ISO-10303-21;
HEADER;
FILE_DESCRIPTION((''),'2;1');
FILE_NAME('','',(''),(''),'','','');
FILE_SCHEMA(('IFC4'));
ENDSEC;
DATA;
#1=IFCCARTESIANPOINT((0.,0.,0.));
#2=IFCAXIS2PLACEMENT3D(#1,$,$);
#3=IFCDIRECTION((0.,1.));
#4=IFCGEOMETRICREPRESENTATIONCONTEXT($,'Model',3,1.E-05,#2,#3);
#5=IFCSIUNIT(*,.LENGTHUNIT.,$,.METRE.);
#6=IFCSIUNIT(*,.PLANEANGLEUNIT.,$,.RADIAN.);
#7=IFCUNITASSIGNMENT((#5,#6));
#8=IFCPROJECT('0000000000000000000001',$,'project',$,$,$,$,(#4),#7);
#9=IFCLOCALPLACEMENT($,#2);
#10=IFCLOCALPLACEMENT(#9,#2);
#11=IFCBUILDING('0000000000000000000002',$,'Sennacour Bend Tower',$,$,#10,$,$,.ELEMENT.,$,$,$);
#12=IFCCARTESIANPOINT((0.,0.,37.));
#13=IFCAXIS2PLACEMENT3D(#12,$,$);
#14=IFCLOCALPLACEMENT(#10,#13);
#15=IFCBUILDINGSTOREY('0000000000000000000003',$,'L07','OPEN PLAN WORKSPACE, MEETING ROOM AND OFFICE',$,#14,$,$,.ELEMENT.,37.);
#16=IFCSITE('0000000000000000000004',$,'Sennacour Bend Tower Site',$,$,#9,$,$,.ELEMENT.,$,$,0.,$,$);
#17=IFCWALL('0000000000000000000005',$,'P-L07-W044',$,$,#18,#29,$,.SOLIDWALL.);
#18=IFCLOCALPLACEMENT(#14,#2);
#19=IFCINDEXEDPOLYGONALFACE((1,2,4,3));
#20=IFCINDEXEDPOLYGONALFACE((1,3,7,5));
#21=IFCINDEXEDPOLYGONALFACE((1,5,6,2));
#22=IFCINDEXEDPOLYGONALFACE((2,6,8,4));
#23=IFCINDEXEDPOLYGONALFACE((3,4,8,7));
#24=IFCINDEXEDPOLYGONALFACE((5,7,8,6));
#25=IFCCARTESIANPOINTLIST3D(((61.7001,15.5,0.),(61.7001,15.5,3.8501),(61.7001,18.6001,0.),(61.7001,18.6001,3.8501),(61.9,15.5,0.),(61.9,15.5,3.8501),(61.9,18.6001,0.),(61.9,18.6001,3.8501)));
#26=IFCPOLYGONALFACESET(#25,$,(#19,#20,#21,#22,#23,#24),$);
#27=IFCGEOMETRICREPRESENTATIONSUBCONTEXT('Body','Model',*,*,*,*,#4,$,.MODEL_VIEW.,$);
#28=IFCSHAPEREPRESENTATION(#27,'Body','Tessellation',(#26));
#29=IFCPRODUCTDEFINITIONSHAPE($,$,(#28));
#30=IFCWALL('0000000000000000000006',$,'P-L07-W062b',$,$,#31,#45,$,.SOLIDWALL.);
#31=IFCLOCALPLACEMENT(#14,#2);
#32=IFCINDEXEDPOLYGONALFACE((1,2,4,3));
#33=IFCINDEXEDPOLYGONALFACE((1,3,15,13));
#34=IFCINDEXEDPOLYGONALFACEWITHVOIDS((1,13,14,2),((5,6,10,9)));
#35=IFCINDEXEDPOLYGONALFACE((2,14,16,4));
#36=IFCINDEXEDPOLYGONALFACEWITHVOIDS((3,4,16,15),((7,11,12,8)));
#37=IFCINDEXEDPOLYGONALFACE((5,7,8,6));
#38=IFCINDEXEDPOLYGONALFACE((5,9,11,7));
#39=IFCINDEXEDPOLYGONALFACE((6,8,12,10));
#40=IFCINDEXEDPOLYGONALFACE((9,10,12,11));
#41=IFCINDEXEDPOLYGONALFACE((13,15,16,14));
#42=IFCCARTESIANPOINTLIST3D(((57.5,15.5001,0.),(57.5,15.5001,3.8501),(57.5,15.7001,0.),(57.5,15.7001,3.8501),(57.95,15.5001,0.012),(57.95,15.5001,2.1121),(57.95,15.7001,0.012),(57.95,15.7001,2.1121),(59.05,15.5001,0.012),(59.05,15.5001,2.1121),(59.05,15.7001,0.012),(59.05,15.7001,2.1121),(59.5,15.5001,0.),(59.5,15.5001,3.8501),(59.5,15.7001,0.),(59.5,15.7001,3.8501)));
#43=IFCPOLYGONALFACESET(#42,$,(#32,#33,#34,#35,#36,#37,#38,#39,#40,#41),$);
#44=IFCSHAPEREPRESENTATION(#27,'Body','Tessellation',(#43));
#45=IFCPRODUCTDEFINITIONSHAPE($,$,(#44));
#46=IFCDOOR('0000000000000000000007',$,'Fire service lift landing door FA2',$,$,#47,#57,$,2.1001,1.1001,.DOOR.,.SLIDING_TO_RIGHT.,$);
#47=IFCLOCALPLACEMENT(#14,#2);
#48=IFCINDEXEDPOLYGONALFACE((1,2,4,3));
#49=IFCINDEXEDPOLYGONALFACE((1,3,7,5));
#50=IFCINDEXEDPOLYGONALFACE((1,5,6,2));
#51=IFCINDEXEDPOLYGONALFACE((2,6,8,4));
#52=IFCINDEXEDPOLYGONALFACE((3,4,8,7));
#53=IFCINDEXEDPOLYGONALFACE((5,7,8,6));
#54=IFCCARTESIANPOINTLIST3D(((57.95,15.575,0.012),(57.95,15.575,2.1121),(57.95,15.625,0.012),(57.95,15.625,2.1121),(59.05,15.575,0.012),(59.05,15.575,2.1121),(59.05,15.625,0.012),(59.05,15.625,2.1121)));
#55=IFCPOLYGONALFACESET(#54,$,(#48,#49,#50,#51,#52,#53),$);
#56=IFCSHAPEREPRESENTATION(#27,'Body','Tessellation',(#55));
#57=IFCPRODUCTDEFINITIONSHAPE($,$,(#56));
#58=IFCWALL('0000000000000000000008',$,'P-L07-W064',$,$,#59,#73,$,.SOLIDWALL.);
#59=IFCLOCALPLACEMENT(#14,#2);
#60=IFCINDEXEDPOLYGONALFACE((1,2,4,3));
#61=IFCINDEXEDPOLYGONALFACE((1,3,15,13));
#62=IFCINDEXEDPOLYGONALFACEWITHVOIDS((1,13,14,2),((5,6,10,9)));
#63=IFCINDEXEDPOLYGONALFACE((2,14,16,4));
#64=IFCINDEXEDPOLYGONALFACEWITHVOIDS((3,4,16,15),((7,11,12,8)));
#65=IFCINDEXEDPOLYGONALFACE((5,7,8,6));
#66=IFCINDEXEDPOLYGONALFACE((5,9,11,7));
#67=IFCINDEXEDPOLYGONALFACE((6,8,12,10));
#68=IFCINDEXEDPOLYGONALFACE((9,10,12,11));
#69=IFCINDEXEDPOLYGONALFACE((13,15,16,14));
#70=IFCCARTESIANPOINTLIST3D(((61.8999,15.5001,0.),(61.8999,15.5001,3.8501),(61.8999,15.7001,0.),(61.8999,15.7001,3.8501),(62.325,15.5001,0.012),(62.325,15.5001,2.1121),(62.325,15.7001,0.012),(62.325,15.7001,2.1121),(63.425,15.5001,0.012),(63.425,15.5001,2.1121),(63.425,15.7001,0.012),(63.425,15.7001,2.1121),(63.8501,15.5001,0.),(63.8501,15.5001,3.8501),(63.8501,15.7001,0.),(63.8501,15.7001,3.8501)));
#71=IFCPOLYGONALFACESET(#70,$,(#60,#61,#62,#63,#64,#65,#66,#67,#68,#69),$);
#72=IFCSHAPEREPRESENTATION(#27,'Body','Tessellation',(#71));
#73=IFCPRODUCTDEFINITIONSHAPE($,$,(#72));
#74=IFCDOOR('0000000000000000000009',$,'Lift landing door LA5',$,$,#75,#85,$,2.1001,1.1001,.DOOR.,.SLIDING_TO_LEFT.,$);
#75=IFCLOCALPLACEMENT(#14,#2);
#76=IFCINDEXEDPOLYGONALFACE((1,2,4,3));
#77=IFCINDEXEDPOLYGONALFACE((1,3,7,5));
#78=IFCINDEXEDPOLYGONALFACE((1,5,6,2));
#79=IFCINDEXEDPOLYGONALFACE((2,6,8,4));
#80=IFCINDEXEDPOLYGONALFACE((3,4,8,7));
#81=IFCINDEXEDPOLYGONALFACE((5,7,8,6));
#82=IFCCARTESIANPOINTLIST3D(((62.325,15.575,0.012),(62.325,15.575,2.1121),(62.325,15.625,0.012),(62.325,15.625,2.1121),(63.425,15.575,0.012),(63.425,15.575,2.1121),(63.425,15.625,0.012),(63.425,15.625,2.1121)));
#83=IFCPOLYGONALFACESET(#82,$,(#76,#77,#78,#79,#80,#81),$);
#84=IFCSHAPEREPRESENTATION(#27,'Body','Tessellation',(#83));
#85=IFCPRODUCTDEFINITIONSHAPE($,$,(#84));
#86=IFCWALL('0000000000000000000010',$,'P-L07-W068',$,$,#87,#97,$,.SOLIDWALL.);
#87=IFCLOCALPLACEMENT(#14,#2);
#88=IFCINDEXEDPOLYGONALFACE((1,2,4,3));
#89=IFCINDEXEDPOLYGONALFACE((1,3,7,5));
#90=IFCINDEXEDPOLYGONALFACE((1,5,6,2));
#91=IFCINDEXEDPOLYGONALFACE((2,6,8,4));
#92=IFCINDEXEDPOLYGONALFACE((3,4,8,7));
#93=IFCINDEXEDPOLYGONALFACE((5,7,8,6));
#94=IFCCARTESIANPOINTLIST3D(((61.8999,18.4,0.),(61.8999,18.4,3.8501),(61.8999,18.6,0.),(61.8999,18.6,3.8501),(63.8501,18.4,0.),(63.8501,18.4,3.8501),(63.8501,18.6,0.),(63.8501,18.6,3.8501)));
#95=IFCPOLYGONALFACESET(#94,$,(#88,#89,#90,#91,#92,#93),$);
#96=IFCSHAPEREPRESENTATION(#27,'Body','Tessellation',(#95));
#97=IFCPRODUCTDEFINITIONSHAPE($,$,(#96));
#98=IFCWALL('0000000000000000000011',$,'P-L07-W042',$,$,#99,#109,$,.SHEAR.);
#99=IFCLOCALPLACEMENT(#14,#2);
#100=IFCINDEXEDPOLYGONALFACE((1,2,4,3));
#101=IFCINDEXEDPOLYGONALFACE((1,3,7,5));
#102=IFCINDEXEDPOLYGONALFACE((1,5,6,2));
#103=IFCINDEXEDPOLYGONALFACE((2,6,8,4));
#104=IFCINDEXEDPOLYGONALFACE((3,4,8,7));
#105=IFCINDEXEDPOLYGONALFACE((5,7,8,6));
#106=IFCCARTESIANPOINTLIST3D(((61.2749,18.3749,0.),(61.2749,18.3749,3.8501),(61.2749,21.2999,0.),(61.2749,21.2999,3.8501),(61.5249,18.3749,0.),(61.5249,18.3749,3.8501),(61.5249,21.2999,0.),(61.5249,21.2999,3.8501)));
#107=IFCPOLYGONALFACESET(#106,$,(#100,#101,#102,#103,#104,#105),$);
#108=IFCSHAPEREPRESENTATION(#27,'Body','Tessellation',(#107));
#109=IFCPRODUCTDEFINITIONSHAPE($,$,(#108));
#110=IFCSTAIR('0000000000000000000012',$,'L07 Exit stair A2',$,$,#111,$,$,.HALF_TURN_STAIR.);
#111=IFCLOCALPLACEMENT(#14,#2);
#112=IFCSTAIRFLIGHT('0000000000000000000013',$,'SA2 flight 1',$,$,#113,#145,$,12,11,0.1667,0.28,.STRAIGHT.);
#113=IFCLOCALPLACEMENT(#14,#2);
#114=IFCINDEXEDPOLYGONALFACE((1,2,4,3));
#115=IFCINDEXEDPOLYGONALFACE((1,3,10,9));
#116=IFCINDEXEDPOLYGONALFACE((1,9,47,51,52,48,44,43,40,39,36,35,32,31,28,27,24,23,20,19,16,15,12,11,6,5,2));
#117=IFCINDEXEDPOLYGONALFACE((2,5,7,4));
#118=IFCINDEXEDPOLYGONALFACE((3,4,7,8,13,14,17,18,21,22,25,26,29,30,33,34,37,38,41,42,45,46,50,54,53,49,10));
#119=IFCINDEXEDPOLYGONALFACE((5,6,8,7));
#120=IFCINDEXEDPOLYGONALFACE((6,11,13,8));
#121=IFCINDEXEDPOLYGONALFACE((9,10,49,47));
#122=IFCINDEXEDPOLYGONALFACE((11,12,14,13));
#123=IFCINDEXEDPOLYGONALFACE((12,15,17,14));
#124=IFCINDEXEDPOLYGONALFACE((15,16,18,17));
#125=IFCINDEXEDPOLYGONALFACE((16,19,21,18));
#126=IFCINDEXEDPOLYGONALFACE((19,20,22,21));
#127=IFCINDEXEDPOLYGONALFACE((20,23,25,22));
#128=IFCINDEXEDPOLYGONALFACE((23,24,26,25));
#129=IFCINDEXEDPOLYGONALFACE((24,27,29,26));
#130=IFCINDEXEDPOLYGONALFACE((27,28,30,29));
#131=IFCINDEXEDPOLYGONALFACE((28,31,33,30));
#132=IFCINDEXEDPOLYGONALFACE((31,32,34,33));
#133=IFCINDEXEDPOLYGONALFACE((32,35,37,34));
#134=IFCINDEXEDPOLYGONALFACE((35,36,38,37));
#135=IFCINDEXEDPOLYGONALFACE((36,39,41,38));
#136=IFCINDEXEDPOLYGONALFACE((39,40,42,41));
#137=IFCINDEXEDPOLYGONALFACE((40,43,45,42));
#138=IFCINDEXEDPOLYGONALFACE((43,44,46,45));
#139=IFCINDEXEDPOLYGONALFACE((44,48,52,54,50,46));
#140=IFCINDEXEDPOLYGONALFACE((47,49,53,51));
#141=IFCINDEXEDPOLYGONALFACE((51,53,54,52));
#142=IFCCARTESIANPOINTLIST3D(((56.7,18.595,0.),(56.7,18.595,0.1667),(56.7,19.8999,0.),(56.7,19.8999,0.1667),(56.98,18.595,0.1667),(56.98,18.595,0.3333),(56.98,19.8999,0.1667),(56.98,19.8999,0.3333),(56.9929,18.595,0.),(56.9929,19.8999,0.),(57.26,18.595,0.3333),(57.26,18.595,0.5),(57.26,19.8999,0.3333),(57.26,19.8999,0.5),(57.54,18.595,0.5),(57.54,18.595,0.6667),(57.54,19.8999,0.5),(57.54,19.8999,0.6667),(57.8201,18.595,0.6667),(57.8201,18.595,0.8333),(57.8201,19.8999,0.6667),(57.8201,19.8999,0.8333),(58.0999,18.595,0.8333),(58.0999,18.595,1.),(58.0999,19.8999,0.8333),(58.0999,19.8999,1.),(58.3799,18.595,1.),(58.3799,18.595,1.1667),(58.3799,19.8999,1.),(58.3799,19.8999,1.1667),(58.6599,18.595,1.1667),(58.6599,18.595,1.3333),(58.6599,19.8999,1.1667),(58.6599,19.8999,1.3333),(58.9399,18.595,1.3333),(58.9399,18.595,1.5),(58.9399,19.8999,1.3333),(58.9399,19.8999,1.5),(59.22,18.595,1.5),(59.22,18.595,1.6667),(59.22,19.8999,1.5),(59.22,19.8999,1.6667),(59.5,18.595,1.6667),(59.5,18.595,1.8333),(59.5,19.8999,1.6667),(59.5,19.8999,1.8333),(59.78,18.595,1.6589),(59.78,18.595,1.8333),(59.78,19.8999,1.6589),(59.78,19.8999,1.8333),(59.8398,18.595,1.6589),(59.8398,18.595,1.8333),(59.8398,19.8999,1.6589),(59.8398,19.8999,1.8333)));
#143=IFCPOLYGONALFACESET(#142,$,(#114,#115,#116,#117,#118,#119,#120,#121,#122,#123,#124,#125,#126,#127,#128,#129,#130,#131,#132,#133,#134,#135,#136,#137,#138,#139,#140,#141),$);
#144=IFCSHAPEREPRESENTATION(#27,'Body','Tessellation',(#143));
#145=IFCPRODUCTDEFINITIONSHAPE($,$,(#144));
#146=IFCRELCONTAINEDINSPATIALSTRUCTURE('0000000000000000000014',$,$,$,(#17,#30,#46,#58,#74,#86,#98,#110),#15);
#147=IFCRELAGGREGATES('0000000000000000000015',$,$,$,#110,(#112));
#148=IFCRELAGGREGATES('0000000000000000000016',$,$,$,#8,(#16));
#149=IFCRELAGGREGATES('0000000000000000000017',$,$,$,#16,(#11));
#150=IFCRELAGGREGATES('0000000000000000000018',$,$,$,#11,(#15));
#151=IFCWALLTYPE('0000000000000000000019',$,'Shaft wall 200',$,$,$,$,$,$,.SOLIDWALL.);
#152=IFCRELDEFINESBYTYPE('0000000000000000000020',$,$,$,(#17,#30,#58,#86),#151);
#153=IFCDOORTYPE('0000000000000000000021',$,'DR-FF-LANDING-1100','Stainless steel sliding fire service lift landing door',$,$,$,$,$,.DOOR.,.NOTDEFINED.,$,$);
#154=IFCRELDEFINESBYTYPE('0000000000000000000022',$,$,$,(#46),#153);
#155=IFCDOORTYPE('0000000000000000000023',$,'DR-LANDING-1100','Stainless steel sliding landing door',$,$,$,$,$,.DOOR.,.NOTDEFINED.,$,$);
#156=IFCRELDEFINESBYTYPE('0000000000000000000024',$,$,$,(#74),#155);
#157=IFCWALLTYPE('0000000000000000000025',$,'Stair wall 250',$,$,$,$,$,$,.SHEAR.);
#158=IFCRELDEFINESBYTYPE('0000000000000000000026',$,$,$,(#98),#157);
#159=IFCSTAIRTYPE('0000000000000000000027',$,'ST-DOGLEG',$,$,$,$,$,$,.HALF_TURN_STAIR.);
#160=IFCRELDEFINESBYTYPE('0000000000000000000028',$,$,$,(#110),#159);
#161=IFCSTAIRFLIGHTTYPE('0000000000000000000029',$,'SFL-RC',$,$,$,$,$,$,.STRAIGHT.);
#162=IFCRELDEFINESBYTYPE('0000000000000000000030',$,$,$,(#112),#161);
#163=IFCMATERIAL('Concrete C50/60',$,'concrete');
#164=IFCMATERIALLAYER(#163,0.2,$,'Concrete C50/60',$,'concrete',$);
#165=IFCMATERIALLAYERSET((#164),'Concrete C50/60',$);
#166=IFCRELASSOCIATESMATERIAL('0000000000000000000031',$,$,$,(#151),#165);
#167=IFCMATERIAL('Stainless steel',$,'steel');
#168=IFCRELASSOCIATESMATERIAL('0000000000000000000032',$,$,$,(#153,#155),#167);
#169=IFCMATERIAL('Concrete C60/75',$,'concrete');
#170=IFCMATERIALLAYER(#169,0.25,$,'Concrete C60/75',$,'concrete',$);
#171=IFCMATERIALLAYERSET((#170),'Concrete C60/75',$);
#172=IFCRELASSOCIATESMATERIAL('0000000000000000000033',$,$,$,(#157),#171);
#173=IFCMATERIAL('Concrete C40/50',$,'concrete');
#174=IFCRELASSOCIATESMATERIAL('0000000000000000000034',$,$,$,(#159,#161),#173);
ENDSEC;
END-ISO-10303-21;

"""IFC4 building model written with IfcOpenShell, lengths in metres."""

from ifc_helpers import new_model, si_unit, direction, frame, frame_2d, origin, place, context, subcontext, project, spatial, polyline, rectangle, outline, extrude, material, layer, layer_set, type_object, element, fill, aggregate, save


model = new_model("IFC4")

# Units and contexts
model_context = context("Model", 3, precision=1e-05, world=origin(), true_north=direction((0.0, 1.0)))
body_context = subcontext(model_context, "Body", "Model", "MODEL_VIEW")
ifc_project = project(units=[si_unit("LENGTHUNIT", "METRE"), si_unit("PLANEANGLEUNIT", "RADIAN")], contexts=[model_context])

# Site, building, storey
site_placement = place(None, origin())
site = spatial("IfcSite", under=ifc_project, at=site_placement, Name="Sennacour Bend Tower Site", CompositionType="ELEMENT", RefElevation=0.0)
building_placement = place(site_placement, origin())
building = spatial("IfcBuilding", under=site, at=building_placement, Name="Sennacour Bend Tower", CompositionType="ELEMENT")
storey_placement = place(building_placement, frame((0.0, 0.0, 37.0)))
storey = spatial("IfcBuildingStorey", under=building, at=storey_placement, Name="L07", Description="OPEN PLAN WORKSPACE, MEETING ROOM AND OFFICE", CompositionType="ELEMENT", Elevation=37.0)

# Wall
ifc_material_1 = material(Name="Concrete C50/60", Category="concrete")
ifc_layer_1 = layer(ifc_material_1, 0.2, Name="Concrete C50/60", Category="concrete")
ifc_layer_set_1 = layer_set([ifc_layer_1], Name="Concrete C50/60")
wall_type_1 = type_object("IfcWallType", Name="Shaft wall 200", PredefinedType="SOLIDWALL", material=ifc_layer_set_1)
wall_1_placement = place(storey_placement, frame((61.8, 15.5, 0.0), z_axis=(0.0, 0.0, 1.0), x_axis=(0.0, 1.0, 0.0)))
element("IfcWall", 1, at=wall_1_placement, inside=storey, type_object=wall_type_1, Name="P-L07-W044", PredefinedType="SOLIDWALL", context=body_context, shape_type="SweptSolid", body=[
    extrude(rectangle(XDim=3.1001, YDim=0.2, at=frame_2d((1.55, 0.0))), origin(), (0.0, 0.0, 1.0), 3.8501),
])

# Walls, openings, doors
wall_2_placement = place(storey_placement, frame((57.5, 15.6001, 0.0), z_axis=(0.0, 0.0, 1.0), x_axis=(1.0, 0.0, 0.0)))
wall_2 = element("IfcWall", 2, at=wall_2_placement, inside=storey, type_object=wall_type_1, Name="P-L07-W062b", PredefinedType="SOLIDWALL", context=body_context, shape_type="SweptSolid", body=[
    extrude(rectangle(XDim=2.0, YDim=0.2, at=frame_2d((1.0, 0.0))), origin(), (0.0, 0.0, 1.0), 3.8501),
])
opening_1_placement = place(wall_2_placement, frame((0.45, 0.0, 0.012)))
opening_1 = element("IfcOpeningElement", 3, at=opening_1_placement, cuts=wall_2, PredefinedType="OPENING", context=body_context, shape_type="SweptSolid", body=[
    extrude(rectangle(XDim=1.1001, YDim=2.1001, at=frame_2d((0.55, 1.05))), frame((0.0, 0.1099, 0.0), z_axis=(0.0, -1.0, 0.0), x_axis=(1.0, 0.0, 0.0)), (0.0, 0.0, 1.0), 0.22),
])
ifc_material_2 = material(Name="Stainless steel", Category="steel")
door_type_1 = type_object("IfcDoorType", Name="DR-FF-LANDING-1100", Description="Stainless steel sliding fire service lift landing door", OperationType="NOTDEFINED", PredefinedType="DOOR", material=ifc_material_2)
door_1_placement = place(opening_1_placement, origin())
door_1 = element("IfcDoor", 4, at=door_1_placement, inside=storey, type_object=door_type_1, Name="Fire service lift landing door FA2", OperationType="SLIDING_TO_RIGHT", OverallHeight=2.1001, OverallWidth=1.1001, PredefinedType="DOOR", context=body_context, shape_type="SweptSolid", body=[
    extrude(rectangle(XDim=1.1001, YDim=2.1001, at=frame_2d((0.55, 1.05))), frame((0.0, 0.0249, 0.0), z_axis=(0.0, -1.0, 0.0), x_axis=(1.0, 0.0, 0.0)), (0.0, 0.0, 1.0), 0.05),
])
fill(opening_1, door_1)
wall_3_placement = place(storey_placement, frame((61.8999, 15.6001, 0.0), z_axis=(0.0, 0.0, 1.0), x_axis=(1.0, 0.0, 0.0)))
wall_3 = element("IfcWall", 5, at=wall_3_placement, inside=storey, type_object=wall_type_1, Name="P-L07-W064", PredefinedType="SOLIDWALL", context=body_context, shape_type="SweptSolid", body=[
    extrude(rectangle(XDim=1.9502, YDim=0.2, at=frame_2d((0.9751, 0.0))), origin(), (0.0, 0.0, 1.0), 3.8501),
])
opening_2_placement = place(wall_3_placement, frame((0.425, 0.0, 0.012)))
opening_2 = element("IfcOpeningElement", 6, at=opening_2_placement, cuts=wall_3, PredefinedType="OPENING", context=body_context, shape_type="SweptSolid", body=[
    extrude(rectangle(XDim=1.1001, YDim=2.1001, at=frame_2d((0.55, 1.05))), frame((0.0, 0.1099, 0.0), z_axis=(0.0, -1.0, 0.0), x_axis=(1.0, 0.0, 0.0)), (0.0, 0.0, 1.0), 0.22),
])
door_type_2 = type_object("IfcDoorType", Name="DR-LANDING-1100", Description="Stainless steel sliding landing door", OperationType="NOTDEFINED", PredefinedType="DOOR", material=ifc_material_2)
door_2_placement = place(opening_2_placement, origin())
door_2 = element("IfcDoor", 7, at=door_2_placement, inside=storey, type_object=door_type_2, Name="Lift landing door LA5", OperationType="SLIDING_TO_LEFT", OverallHeight=2.1001, OverallWidth=1.1001, PredefinedType="DOOR", context=body_context, shape_type="SweptSolid", body=[
    extrude(rectangle(XDim=1.1001, YDim=2.1001, at=frame_2d((0.55, 1.05))), frame((0.0, 0.0249, 0.0), z_axis=(0.0, -1.0, 0.0), x_axis=(1.0, 0.0, 0.0)), (0.0, 0.0, 1.0), 0.05),
])
fill(opening_2, door_2)

# Walls
wall_4_placement = place(storey_placement, frame((61.8999, 18.5, 0.0), z_axis=(0.0, 0.0, 1.0), x_axis=(1.0, 0.0, 0.0)))
element("IfcWall", 8, at=wall_4_placement, inside=storey, type_object=wall_type_1, Name="P-L07-W068", PredefinedType="SOLIDWALL", context=body_context, shape_type="SweptSolid", body=[
    extrude(rectangle(XDim=1.9502, YDim=0.2, at=frame_2d((0.9751, 0.0))), origin(), (0.0, 0.0, 1.0), 3.8501),
])
ifc_material_3 = material(Name="Concrete C60/75", Category="concrete")
ifc_layer_2 = layer(ifc_material_3, 0.25, Name="Concrete C60/75", Category="concrete")
ifc_layer_set_2 = layer_set([ifc_layer_2], Name="Concrete C60/75")
wall_type_2 = type_object("IfcWallType", Name="Stair wall 250", PredefinedType="SHEAR", material=ifc_layer_set_2)
wall_5_placement = place(storey_placement, frame((61.3999, 18.375, 0.0), z_axis=(0.0, 0.0, 1.0), x_axis=(0.0, 1.0, 0.0)))
element("IfcWall", 9, at=wall_5_placement, inside=storey, type_object=wall_type_2, Name="P-L07-W042", PredefinedType="SHEAR", context=body_context, shape_type="SweptSolid", body=[
    extrude(rectangle(XDim=2.925, YDim=0.25, at=frame_2d((1.4624, 0.0))), origin(), (0.0, 0.0, 1.0), 3.8501),
])

# Stair, stair flight
ifc_material_4 = material(Name="Concrete C40/50", Category="concrete")
stair_type = type_object("IfcStairType", Name="ST-DOGLEG", PredefinedType="HALF_TURN_STAIR", material=ifc_material_4)
stair_placement = place(storey_placement, origin())
stair = element("IfcStair", 10, at=stair_placement, inside=storey, type_object=stair_type, Name="L07 Exit stair A2", PredefinedType="HALF_TURN_STAIR")
stair_flight_type = type_object("IfcStairFlightType", Name="SFL-RC", PredefinedType="STRAIGHT", material=ifc_material_4)
stair_flight_1_placement = place(storey_placement, frame((56.7, 19.2476, 0.0), z_axis=(0.0, 0.0, 1.0), x_axis=(1.0, 0.0, 0.0)))
stair_flight_1 = element("IfcStairFlight", 11, at=stair_flight_1_placement, type_object=stair_flight_type, Name="SA2 flight 1", NumberOfRisers=12, NumberOfTreads=11, PredefinedType="STRAIGHT", RiserHeight=0.1667, TreadLength=0.28, context=body_context, shape_type="SweptSolid", body=[
    extrude(outline(polyline([(0.0, 0.0), (0.0, 0.1667), (0.28, 0.1667), (0.28, 0.3333), (0.5601, 0.3333), (0.5601, 0.5), (0.8401, 0.5), (0.8401, 0.6667), (1.1201, 0.6667), (1.1201, 0.8333), (1.3999, 0.8333), (1.3999, 1.0), (1.6799, 1.0), (1.6799, 1.1667), (1.96, 1.1667), (1.96, 1.3333), (2.24, 1.3333), (2.24, 1.5), (2.52, 1.5), (2.52, 1.6667), (2.8, 1.6667), (2.8, 1.8333), (3.0801, 1.8333), (3.1399, 1.8333), (3.1399, 1.6589), (3.0801, 1.6589), (0.293, 0.0), (0.0, 0.0)])), frame((0.0, 0.6523, 0.0), z_axis=(0.0, -1.0, 0.0), x_axis=(1.0, 0.0, 0.0)), (0.0, 0.0, 1.0), 1.3049),
])
aggregate(stair, [stair_flight_1])

save(model, "model.ifc")
